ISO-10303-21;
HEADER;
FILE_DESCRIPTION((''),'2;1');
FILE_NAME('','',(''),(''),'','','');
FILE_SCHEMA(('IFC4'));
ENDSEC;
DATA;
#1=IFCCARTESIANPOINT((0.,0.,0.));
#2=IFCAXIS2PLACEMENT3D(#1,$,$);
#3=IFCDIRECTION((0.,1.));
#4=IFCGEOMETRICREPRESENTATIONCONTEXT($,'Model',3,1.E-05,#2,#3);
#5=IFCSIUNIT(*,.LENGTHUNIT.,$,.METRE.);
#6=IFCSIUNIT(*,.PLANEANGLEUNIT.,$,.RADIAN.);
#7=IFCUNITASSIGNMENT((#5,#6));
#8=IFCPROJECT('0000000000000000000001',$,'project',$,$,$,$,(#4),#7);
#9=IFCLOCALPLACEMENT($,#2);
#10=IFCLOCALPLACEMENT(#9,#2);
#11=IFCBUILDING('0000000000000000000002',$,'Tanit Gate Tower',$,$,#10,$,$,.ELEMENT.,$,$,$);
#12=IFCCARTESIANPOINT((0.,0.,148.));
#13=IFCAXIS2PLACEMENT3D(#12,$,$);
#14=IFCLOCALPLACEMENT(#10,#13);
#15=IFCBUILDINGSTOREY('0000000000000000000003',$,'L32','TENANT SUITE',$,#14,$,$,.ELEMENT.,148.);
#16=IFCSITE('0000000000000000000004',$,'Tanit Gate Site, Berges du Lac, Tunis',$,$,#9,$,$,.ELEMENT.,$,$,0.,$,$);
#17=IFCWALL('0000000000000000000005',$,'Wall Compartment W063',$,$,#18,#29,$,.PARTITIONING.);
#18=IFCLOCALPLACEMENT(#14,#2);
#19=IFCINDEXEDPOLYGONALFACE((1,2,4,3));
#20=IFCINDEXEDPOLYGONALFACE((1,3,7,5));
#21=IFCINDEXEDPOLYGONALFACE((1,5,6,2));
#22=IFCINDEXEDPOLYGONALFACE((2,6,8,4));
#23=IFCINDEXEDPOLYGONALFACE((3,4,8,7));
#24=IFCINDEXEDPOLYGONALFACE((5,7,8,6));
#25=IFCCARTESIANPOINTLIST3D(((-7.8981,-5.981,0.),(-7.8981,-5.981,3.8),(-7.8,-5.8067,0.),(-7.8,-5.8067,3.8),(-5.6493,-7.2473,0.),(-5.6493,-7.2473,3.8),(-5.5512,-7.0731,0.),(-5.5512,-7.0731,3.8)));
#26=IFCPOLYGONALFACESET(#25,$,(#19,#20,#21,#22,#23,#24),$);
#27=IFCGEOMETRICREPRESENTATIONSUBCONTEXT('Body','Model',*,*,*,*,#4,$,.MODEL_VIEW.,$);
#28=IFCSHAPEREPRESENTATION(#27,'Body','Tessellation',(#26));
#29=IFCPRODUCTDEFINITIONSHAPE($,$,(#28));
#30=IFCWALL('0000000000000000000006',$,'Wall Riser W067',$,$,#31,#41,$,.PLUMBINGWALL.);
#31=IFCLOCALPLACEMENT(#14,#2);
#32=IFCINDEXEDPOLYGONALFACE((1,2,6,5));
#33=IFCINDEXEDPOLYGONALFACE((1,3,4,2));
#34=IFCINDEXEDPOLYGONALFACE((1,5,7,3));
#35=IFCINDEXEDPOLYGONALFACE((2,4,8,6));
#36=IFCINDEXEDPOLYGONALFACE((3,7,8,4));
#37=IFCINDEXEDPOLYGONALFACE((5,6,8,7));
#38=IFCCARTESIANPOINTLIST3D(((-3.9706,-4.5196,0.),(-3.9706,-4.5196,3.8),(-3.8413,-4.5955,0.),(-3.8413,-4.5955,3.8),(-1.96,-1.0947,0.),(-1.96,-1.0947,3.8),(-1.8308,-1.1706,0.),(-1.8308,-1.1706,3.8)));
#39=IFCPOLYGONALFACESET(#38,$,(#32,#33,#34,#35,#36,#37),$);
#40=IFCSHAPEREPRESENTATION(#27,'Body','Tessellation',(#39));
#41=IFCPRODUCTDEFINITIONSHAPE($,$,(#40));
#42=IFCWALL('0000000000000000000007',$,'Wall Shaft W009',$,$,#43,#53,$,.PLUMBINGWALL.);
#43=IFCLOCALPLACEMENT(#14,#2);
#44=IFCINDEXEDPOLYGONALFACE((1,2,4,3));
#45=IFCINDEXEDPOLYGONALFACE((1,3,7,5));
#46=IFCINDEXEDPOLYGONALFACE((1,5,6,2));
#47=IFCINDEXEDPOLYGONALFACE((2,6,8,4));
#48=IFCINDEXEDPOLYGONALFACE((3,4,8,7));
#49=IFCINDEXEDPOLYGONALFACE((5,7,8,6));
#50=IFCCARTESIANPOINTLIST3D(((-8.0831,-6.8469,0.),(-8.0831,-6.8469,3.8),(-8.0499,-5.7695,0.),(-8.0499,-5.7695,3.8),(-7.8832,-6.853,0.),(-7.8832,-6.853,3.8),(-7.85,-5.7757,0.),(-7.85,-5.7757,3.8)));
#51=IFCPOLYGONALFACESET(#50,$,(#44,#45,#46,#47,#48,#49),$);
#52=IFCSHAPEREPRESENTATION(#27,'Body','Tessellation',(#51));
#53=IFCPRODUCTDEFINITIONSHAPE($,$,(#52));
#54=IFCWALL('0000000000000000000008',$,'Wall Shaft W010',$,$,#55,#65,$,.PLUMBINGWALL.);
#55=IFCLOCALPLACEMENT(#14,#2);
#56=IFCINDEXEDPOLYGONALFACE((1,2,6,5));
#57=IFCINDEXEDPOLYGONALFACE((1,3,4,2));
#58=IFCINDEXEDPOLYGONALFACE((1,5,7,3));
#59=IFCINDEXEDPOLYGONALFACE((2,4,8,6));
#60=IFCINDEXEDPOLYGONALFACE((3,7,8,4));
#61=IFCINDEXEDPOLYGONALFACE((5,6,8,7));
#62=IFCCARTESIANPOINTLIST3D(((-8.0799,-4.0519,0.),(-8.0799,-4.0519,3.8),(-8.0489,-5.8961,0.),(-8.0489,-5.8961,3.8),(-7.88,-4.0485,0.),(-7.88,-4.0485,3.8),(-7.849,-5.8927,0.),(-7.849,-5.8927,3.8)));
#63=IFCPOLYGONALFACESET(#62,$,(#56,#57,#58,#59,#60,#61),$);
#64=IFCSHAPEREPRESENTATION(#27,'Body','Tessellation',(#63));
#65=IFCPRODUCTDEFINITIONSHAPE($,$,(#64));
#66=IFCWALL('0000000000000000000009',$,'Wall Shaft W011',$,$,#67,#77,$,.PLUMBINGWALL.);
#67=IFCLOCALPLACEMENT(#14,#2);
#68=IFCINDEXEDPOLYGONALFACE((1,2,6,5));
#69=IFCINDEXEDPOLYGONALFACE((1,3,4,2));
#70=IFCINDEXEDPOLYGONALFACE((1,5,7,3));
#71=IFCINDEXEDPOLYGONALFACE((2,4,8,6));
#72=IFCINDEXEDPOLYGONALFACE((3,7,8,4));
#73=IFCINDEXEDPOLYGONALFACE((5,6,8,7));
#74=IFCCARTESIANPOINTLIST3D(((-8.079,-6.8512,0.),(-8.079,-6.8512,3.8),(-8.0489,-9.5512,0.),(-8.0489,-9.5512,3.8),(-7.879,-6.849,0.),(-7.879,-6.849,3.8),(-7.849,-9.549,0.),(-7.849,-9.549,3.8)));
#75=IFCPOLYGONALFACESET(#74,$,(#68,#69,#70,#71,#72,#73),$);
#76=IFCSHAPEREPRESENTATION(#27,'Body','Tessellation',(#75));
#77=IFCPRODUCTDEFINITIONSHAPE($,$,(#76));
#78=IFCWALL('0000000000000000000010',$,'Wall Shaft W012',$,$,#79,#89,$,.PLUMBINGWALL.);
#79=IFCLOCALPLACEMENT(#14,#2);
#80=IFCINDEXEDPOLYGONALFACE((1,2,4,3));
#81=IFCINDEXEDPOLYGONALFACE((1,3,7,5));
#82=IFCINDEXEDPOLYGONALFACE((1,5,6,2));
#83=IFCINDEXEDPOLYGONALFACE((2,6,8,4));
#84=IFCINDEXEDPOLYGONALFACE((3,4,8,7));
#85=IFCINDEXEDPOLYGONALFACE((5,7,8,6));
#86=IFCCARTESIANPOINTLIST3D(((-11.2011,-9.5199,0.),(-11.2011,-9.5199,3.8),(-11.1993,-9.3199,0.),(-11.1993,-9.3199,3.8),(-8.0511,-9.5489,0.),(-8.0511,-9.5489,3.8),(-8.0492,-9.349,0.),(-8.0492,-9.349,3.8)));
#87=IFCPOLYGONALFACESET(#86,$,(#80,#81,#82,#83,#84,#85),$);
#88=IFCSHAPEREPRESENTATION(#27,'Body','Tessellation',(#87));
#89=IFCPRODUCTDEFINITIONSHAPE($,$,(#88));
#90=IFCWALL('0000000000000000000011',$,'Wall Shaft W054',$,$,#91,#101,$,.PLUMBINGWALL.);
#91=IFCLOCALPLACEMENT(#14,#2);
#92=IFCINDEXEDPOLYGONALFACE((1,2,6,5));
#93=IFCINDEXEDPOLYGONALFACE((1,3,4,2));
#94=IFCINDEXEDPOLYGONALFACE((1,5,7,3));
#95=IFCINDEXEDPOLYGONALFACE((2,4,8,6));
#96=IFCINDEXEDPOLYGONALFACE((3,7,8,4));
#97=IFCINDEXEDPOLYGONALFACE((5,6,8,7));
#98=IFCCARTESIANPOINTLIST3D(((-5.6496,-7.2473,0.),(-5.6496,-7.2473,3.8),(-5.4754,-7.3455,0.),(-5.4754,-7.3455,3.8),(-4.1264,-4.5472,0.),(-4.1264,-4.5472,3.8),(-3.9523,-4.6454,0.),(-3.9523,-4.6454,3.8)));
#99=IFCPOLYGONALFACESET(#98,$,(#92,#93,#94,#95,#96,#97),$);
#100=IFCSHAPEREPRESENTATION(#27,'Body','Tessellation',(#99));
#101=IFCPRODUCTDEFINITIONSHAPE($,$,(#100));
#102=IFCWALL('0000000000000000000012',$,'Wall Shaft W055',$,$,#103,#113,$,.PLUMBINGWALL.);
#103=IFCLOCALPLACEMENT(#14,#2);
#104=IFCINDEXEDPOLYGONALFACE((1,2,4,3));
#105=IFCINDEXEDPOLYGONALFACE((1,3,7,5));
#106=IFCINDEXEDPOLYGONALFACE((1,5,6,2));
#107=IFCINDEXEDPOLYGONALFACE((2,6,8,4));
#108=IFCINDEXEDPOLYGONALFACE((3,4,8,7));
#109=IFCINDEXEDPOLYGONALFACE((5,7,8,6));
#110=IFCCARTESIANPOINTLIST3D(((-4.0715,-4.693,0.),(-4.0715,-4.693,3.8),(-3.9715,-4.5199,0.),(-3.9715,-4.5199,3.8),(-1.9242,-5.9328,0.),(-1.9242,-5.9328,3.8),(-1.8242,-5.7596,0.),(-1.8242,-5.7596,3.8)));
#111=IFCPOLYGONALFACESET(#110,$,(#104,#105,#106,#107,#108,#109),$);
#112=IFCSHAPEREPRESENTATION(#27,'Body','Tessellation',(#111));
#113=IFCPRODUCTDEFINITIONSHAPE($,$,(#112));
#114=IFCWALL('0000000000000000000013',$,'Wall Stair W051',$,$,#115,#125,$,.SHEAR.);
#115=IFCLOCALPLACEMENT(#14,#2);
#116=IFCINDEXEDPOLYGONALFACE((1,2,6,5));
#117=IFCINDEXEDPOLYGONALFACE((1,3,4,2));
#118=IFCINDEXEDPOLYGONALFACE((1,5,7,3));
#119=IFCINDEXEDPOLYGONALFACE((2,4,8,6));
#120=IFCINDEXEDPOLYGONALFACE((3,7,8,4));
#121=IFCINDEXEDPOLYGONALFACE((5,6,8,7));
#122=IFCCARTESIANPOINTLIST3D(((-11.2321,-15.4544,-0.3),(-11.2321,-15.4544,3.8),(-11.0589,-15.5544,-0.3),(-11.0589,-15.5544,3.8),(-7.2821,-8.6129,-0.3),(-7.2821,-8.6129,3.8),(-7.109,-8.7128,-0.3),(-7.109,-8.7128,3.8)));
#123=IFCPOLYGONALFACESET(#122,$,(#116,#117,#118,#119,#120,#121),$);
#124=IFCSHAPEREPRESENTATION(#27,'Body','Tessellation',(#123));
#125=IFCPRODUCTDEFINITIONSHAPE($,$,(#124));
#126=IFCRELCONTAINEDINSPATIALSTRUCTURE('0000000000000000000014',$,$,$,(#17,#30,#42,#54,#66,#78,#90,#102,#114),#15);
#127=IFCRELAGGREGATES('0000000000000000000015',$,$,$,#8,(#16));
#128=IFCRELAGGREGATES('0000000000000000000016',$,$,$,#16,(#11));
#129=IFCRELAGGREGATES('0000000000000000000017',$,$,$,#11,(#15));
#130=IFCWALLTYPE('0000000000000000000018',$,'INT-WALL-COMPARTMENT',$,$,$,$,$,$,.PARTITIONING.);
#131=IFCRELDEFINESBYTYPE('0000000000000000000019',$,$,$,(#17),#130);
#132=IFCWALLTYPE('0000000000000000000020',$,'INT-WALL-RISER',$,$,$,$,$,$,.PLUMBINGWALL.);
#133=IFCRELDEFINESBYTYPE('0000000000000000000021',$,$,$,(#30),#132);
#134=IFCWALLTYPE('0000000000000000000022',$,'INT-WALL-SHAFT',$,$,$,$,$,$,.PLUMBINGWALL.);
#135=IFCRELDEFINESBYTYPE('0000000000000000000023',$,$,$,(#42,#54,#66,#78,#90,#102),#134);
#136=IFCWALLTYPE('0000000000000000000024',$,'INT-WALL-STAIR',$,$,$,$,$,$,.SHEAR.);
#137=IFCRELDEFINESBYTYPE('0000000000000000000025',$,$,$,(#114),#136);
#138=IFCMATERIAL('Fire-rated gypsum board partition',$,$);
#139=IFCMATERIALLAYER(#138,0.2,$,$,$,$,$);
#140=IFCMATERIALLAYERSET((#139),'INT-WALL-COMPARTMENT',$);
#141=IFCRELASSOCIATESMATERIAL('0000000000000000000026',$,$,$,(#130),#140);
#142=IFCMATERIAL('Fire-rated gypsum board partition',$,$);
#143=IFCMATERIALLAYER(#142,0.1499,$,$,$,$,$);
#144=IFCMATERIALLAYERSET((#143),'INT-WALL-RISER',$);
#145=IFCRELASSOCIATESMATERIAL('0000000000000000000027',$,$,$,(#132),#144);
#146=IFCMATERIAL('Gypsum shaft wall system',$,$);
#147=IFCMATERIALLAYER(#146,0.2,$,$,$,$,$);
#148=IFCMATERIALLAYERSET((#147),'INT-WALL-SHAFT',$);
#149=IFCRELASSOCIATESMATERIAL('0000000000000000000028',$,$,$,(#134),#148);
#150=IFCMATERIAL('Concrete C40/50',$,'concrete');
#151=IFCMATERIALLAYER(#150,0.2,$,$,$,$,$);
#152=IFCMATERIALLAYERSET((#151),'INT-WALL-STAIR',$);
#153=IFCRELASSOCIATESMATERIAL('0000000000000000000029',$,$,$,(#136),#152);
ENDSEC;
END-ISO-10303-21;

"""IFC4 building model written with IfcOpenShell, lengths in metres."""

from ifc_helpers import new_model, si_unit, direction, frame, frame_2d, origin, place, context, subcontext, project, spatial, rectangle, extrude, material, layer, layer_set, type_object, element, save


model = new_model("IFC4")

# Units and contexts
model_context = context("Model", 3, precision=1e-05, world=origin(), true_north=direction((0.0, 1.0)))
body_context = subcontext(model_context, "Body", "Model", "MODEL_VIEW")
ifc_project = project(units=[si_unit("LENGTHUNIT", "METRE"), si_unit("PLANEANGLEUNIT", "RADIAN")], contexts=[model_context])

# Site, building, storey
site_placement = place(None, origin())
site = spatial("IfcSite", under=ifc_project, at=site_placement, Name="Tanit Gate Site, Berges du Lac, Tunis", CompositionType="ELEMENT", RefElevation=0.0)
building_placement = place(site_placement, origin())
building = spatial("IfcBuilding", under=site, at=building_placement, Name="Tanit Gate Tower", CompositionType="ELEMENT")
storey_placement = place(building_placement, frame((0.0, 0.0, 148.0)))
storey = spatial("IfcBuildingStorey", under=building, at=storey_placement, Name="L32", Description="TENANT SUITE", CompositionType="ELEMENT", Elevation=148.0)

# Walls
ifc_material_1 = material(Name="Fire-rated gypsum board partition")
ifc_layer_1 = layer(ifc_material_1, 0.2)
ifc_layer_set_1 = layer_set([ifc_layer_1], Name="INT-WALL-COMPARTMENT")
wall_type_1 = type_object("IfcWallType", Name="INT-WALL-COMPARTMENT", PredefinedType="PARTITIONING", material=ifc_layer_set_1)
wall_1_placement = place(storey_placement, frame((-7.8491, -5.8938, 0.0), z_axis=(0.0, 0.0, 1.0), x_axis=(0.87134, -0.490679, 0.0)))
element("IfcWall", 1, at=wall_1_placement, inside=storey, type_object=wall_type_1, Name="Wall Compartment W063", PredefinedType="PARTITIONING", context=body_context, shape_type="SweptSolid", body=[
    extrude(rectangle(XDim=2.5808, YDim=0.2, at=frame_2d((1.2905, 0.0))), origin(), (0.0, 0.0, 1.0), 3.8),
])
ifc_material_2 = material(Name="Fire-rated gypsum board partition")
ifc_layer_2 = layer(ifc_material_2, 0.1499)
ifc_layer_set_2 = layer_set([ifc_layer_2], Name="INT-WALL-RISER")
wall_type_2 = type_object("IfcWallType", Name="INT-WALL-RISER", PredefinedType="PLUMBINGWALL", material=ifc_layer_set_2)
wall_2_placement = place(storey_placement, frame((-3.906, -4.5576, 0.0), z_axis=(0.0, 0.0, 1.0), x_axis=(0.506254, 0.862384, 0.0)))
element("IfcWall", 2, at=wall_2_placement, inside=storey, type_object=wall_type_2, Name="Wall Riser W067", PredefinedType="PLUMBINGWALL", context=body_context, shape_type="SweptSolid", body=[
    extrude(rectangle(XDim=3.9714, YDim=0.1499, at=frame_2d((1.9858, 0.0))), origin(), (0.0, 0.0, 1.0), 3.8),
])
ifc_material_3 = material(Name="Gypsum shaft wall system")
ifc_layer_3 = layer(ifc_material_3, 0.2)
ifc_layer_set_3 = layer_set([ifc_layer_3], Name="INT-WALL-SHAFT")
wall_type_3 = type_object("IfcWallType", Name="INT-WALL-SHAFT", PredefinedType="PLUMBINGWALL", material=ifc_layer_set_3)
wall_3_placement = place(storey_placement, frame((-7.95, -5.7725, 0.0), z_axis=(0.0, 0.0, 1.0), x_axis=(-0.030803, -0.999525, 0.0)))
element("IfcWall", 3, at=wall_3_placement, inside=storey, type_object=wall_type_3, Name="Wall Shaft W009", PredefinedType="PLUMBINGWALL", context=body_context, shape_type="SweptSolid", body=[
    extrude(rectangle(XDim=1.0779, YDim=0.2, at=frame_2d((0.5391, 0.0))), origin(), (0.0, 0.0, 1.0), 3.8),
])
wall_4_placement = place(storey_placement, frame((-7.98, -4.05, 0.0), z_axis=(0.0, 0.0, 1.0), x_axis=(0.01681, -0.999859, 0.0)))
element("IfcWall", 4, at=wall_4_placement, inside=storey, type_object=wall_type_3, Name="Wall Shaft W010", PredefinedType="PLUMBINGWALL", context=body_context, shape_type="SweptSolid", body=[
    extrude(rectangle(XDim=1.8445, YDim=0.2, at=frame_2d((0.9224, 0.0))), origin(), (0.0, 0.0, 1.0), 3.8),
])
wall_5_placement = place(storey_placement, frame((-7.979, -6.8501, 0.0), z_axis=(0.0, 0.0, 1.0), x_axis=(0.011121, -0.999938, 0.0)))
element("IfcWall", 5, at=wall_5_placement, inside=storey, type_object=wall_type_3, Name="Wall Shaft W011", PredefinedType="PLUMBINGWALL", context=body_context, shape_type="SweptSolid", body=[
    extrude(rectangle(XDim=2.7002, YDim=0.2, at=frame_2d((1.3501, 0.0))), origin(), (0.0, 0.0, 1.0), 3.8),
])
wall_6_placement = place(storey_placement, frame((-8.05, -9.449, 0.0), z_axis=(0.0, 0.0, 1.0), x_axis=(-0.999957, 0.009223, 0.0)))
element("IfcWall", 6, at=wall_6_placement, inside=storey, type_object=wall_type_3, Name="Wall Shaft W012", PredefinedType="PLUMBINGWALL", context=body_context, shape_type="SweptSolid", body=[
    extrude(rectangle(XDim=3.1501, YDim=0.2, at=frame_2d((1.5752, 0.0))), origin(), (0.0, 0.0, 1.0), 3.8),
])

# Walls
wall_7_placement = place(storey_placement, frame((-5.5625, -7.2964, 0.0), z_axis=(0.0, 0.0, 1.0), x_axis=(0.491323, 0.870978, 0.0)))
element("IfcWall", 7, at=wall_7_placement, inside=storey, type_object=wall_type_3, Name="Wall Shaft W054", PredefinedType="PLUMBINGWALL", context=body_context, shape_type="SweptSolid", body=[
    extrude(rectangle(XDim=3.1001, YDim=0.2, at=frame_2d((1.55, 0.0))), origin(), (0.0, 0.0, 1.0), 3.8),
])
wall_8_placement = place(storey_placement, frame((-4.0215, -4.6064, 0.0), z_axis=(0.0, 0.0, 1.0), x_axis=(0.866017, -0.500015, 0.0)))
element("IfcWall", 8, at=wall_8_placement, inside=storey, type_object=wall_type_3, Name="Wall Shaft W055", PredefinedType="PLUMBINGWALL", context=body_context, shape_type="SweptSolid", body=[
    extrude(rectangle(XDim=2.4795, YDim=0.2, at=frame_2d((1.2397, 0.0))), origin(), (0.0, 0.0, 1.0), 3.8),
])
ifc_material_4 = material(Name="Concrete C40/50", Category="concrete")
ifc_layer_4 = layer(ifc_material_4, 0.2)
ifc_layer_set_4 = layer_set([ifc_layer_4], Name="INT-WALL-STAIR")
wall_type_4 = type_object("IfcWallType", Name="INT-WALL-STAIR", PredefinedType="SHEAR", material=ifc_layer_set_4)
wall_9_placement = place(storey_placement, frame((-7.1956, -8.6628, -0.3), z_axis=(0.0, 0.0, 1.0), x_axis=(-0.499998, -0.866027, 0.0)))
element("IfcWall", 9, at=wall_9_placement, inside=storey, type_object=wall_type_4, Name="Wall Stair W051", PredefinedType="SHEAR", context=body_context, shape_type="SweptSolid", body=[
    extrude(rectangle(XDim=7.8999, YDim=0.2, at=frame_2d((3.95, 0.0))), origin(), (0.0, 0.0, 1.0), 4.1001),
])

save(model, "model.ifc")
